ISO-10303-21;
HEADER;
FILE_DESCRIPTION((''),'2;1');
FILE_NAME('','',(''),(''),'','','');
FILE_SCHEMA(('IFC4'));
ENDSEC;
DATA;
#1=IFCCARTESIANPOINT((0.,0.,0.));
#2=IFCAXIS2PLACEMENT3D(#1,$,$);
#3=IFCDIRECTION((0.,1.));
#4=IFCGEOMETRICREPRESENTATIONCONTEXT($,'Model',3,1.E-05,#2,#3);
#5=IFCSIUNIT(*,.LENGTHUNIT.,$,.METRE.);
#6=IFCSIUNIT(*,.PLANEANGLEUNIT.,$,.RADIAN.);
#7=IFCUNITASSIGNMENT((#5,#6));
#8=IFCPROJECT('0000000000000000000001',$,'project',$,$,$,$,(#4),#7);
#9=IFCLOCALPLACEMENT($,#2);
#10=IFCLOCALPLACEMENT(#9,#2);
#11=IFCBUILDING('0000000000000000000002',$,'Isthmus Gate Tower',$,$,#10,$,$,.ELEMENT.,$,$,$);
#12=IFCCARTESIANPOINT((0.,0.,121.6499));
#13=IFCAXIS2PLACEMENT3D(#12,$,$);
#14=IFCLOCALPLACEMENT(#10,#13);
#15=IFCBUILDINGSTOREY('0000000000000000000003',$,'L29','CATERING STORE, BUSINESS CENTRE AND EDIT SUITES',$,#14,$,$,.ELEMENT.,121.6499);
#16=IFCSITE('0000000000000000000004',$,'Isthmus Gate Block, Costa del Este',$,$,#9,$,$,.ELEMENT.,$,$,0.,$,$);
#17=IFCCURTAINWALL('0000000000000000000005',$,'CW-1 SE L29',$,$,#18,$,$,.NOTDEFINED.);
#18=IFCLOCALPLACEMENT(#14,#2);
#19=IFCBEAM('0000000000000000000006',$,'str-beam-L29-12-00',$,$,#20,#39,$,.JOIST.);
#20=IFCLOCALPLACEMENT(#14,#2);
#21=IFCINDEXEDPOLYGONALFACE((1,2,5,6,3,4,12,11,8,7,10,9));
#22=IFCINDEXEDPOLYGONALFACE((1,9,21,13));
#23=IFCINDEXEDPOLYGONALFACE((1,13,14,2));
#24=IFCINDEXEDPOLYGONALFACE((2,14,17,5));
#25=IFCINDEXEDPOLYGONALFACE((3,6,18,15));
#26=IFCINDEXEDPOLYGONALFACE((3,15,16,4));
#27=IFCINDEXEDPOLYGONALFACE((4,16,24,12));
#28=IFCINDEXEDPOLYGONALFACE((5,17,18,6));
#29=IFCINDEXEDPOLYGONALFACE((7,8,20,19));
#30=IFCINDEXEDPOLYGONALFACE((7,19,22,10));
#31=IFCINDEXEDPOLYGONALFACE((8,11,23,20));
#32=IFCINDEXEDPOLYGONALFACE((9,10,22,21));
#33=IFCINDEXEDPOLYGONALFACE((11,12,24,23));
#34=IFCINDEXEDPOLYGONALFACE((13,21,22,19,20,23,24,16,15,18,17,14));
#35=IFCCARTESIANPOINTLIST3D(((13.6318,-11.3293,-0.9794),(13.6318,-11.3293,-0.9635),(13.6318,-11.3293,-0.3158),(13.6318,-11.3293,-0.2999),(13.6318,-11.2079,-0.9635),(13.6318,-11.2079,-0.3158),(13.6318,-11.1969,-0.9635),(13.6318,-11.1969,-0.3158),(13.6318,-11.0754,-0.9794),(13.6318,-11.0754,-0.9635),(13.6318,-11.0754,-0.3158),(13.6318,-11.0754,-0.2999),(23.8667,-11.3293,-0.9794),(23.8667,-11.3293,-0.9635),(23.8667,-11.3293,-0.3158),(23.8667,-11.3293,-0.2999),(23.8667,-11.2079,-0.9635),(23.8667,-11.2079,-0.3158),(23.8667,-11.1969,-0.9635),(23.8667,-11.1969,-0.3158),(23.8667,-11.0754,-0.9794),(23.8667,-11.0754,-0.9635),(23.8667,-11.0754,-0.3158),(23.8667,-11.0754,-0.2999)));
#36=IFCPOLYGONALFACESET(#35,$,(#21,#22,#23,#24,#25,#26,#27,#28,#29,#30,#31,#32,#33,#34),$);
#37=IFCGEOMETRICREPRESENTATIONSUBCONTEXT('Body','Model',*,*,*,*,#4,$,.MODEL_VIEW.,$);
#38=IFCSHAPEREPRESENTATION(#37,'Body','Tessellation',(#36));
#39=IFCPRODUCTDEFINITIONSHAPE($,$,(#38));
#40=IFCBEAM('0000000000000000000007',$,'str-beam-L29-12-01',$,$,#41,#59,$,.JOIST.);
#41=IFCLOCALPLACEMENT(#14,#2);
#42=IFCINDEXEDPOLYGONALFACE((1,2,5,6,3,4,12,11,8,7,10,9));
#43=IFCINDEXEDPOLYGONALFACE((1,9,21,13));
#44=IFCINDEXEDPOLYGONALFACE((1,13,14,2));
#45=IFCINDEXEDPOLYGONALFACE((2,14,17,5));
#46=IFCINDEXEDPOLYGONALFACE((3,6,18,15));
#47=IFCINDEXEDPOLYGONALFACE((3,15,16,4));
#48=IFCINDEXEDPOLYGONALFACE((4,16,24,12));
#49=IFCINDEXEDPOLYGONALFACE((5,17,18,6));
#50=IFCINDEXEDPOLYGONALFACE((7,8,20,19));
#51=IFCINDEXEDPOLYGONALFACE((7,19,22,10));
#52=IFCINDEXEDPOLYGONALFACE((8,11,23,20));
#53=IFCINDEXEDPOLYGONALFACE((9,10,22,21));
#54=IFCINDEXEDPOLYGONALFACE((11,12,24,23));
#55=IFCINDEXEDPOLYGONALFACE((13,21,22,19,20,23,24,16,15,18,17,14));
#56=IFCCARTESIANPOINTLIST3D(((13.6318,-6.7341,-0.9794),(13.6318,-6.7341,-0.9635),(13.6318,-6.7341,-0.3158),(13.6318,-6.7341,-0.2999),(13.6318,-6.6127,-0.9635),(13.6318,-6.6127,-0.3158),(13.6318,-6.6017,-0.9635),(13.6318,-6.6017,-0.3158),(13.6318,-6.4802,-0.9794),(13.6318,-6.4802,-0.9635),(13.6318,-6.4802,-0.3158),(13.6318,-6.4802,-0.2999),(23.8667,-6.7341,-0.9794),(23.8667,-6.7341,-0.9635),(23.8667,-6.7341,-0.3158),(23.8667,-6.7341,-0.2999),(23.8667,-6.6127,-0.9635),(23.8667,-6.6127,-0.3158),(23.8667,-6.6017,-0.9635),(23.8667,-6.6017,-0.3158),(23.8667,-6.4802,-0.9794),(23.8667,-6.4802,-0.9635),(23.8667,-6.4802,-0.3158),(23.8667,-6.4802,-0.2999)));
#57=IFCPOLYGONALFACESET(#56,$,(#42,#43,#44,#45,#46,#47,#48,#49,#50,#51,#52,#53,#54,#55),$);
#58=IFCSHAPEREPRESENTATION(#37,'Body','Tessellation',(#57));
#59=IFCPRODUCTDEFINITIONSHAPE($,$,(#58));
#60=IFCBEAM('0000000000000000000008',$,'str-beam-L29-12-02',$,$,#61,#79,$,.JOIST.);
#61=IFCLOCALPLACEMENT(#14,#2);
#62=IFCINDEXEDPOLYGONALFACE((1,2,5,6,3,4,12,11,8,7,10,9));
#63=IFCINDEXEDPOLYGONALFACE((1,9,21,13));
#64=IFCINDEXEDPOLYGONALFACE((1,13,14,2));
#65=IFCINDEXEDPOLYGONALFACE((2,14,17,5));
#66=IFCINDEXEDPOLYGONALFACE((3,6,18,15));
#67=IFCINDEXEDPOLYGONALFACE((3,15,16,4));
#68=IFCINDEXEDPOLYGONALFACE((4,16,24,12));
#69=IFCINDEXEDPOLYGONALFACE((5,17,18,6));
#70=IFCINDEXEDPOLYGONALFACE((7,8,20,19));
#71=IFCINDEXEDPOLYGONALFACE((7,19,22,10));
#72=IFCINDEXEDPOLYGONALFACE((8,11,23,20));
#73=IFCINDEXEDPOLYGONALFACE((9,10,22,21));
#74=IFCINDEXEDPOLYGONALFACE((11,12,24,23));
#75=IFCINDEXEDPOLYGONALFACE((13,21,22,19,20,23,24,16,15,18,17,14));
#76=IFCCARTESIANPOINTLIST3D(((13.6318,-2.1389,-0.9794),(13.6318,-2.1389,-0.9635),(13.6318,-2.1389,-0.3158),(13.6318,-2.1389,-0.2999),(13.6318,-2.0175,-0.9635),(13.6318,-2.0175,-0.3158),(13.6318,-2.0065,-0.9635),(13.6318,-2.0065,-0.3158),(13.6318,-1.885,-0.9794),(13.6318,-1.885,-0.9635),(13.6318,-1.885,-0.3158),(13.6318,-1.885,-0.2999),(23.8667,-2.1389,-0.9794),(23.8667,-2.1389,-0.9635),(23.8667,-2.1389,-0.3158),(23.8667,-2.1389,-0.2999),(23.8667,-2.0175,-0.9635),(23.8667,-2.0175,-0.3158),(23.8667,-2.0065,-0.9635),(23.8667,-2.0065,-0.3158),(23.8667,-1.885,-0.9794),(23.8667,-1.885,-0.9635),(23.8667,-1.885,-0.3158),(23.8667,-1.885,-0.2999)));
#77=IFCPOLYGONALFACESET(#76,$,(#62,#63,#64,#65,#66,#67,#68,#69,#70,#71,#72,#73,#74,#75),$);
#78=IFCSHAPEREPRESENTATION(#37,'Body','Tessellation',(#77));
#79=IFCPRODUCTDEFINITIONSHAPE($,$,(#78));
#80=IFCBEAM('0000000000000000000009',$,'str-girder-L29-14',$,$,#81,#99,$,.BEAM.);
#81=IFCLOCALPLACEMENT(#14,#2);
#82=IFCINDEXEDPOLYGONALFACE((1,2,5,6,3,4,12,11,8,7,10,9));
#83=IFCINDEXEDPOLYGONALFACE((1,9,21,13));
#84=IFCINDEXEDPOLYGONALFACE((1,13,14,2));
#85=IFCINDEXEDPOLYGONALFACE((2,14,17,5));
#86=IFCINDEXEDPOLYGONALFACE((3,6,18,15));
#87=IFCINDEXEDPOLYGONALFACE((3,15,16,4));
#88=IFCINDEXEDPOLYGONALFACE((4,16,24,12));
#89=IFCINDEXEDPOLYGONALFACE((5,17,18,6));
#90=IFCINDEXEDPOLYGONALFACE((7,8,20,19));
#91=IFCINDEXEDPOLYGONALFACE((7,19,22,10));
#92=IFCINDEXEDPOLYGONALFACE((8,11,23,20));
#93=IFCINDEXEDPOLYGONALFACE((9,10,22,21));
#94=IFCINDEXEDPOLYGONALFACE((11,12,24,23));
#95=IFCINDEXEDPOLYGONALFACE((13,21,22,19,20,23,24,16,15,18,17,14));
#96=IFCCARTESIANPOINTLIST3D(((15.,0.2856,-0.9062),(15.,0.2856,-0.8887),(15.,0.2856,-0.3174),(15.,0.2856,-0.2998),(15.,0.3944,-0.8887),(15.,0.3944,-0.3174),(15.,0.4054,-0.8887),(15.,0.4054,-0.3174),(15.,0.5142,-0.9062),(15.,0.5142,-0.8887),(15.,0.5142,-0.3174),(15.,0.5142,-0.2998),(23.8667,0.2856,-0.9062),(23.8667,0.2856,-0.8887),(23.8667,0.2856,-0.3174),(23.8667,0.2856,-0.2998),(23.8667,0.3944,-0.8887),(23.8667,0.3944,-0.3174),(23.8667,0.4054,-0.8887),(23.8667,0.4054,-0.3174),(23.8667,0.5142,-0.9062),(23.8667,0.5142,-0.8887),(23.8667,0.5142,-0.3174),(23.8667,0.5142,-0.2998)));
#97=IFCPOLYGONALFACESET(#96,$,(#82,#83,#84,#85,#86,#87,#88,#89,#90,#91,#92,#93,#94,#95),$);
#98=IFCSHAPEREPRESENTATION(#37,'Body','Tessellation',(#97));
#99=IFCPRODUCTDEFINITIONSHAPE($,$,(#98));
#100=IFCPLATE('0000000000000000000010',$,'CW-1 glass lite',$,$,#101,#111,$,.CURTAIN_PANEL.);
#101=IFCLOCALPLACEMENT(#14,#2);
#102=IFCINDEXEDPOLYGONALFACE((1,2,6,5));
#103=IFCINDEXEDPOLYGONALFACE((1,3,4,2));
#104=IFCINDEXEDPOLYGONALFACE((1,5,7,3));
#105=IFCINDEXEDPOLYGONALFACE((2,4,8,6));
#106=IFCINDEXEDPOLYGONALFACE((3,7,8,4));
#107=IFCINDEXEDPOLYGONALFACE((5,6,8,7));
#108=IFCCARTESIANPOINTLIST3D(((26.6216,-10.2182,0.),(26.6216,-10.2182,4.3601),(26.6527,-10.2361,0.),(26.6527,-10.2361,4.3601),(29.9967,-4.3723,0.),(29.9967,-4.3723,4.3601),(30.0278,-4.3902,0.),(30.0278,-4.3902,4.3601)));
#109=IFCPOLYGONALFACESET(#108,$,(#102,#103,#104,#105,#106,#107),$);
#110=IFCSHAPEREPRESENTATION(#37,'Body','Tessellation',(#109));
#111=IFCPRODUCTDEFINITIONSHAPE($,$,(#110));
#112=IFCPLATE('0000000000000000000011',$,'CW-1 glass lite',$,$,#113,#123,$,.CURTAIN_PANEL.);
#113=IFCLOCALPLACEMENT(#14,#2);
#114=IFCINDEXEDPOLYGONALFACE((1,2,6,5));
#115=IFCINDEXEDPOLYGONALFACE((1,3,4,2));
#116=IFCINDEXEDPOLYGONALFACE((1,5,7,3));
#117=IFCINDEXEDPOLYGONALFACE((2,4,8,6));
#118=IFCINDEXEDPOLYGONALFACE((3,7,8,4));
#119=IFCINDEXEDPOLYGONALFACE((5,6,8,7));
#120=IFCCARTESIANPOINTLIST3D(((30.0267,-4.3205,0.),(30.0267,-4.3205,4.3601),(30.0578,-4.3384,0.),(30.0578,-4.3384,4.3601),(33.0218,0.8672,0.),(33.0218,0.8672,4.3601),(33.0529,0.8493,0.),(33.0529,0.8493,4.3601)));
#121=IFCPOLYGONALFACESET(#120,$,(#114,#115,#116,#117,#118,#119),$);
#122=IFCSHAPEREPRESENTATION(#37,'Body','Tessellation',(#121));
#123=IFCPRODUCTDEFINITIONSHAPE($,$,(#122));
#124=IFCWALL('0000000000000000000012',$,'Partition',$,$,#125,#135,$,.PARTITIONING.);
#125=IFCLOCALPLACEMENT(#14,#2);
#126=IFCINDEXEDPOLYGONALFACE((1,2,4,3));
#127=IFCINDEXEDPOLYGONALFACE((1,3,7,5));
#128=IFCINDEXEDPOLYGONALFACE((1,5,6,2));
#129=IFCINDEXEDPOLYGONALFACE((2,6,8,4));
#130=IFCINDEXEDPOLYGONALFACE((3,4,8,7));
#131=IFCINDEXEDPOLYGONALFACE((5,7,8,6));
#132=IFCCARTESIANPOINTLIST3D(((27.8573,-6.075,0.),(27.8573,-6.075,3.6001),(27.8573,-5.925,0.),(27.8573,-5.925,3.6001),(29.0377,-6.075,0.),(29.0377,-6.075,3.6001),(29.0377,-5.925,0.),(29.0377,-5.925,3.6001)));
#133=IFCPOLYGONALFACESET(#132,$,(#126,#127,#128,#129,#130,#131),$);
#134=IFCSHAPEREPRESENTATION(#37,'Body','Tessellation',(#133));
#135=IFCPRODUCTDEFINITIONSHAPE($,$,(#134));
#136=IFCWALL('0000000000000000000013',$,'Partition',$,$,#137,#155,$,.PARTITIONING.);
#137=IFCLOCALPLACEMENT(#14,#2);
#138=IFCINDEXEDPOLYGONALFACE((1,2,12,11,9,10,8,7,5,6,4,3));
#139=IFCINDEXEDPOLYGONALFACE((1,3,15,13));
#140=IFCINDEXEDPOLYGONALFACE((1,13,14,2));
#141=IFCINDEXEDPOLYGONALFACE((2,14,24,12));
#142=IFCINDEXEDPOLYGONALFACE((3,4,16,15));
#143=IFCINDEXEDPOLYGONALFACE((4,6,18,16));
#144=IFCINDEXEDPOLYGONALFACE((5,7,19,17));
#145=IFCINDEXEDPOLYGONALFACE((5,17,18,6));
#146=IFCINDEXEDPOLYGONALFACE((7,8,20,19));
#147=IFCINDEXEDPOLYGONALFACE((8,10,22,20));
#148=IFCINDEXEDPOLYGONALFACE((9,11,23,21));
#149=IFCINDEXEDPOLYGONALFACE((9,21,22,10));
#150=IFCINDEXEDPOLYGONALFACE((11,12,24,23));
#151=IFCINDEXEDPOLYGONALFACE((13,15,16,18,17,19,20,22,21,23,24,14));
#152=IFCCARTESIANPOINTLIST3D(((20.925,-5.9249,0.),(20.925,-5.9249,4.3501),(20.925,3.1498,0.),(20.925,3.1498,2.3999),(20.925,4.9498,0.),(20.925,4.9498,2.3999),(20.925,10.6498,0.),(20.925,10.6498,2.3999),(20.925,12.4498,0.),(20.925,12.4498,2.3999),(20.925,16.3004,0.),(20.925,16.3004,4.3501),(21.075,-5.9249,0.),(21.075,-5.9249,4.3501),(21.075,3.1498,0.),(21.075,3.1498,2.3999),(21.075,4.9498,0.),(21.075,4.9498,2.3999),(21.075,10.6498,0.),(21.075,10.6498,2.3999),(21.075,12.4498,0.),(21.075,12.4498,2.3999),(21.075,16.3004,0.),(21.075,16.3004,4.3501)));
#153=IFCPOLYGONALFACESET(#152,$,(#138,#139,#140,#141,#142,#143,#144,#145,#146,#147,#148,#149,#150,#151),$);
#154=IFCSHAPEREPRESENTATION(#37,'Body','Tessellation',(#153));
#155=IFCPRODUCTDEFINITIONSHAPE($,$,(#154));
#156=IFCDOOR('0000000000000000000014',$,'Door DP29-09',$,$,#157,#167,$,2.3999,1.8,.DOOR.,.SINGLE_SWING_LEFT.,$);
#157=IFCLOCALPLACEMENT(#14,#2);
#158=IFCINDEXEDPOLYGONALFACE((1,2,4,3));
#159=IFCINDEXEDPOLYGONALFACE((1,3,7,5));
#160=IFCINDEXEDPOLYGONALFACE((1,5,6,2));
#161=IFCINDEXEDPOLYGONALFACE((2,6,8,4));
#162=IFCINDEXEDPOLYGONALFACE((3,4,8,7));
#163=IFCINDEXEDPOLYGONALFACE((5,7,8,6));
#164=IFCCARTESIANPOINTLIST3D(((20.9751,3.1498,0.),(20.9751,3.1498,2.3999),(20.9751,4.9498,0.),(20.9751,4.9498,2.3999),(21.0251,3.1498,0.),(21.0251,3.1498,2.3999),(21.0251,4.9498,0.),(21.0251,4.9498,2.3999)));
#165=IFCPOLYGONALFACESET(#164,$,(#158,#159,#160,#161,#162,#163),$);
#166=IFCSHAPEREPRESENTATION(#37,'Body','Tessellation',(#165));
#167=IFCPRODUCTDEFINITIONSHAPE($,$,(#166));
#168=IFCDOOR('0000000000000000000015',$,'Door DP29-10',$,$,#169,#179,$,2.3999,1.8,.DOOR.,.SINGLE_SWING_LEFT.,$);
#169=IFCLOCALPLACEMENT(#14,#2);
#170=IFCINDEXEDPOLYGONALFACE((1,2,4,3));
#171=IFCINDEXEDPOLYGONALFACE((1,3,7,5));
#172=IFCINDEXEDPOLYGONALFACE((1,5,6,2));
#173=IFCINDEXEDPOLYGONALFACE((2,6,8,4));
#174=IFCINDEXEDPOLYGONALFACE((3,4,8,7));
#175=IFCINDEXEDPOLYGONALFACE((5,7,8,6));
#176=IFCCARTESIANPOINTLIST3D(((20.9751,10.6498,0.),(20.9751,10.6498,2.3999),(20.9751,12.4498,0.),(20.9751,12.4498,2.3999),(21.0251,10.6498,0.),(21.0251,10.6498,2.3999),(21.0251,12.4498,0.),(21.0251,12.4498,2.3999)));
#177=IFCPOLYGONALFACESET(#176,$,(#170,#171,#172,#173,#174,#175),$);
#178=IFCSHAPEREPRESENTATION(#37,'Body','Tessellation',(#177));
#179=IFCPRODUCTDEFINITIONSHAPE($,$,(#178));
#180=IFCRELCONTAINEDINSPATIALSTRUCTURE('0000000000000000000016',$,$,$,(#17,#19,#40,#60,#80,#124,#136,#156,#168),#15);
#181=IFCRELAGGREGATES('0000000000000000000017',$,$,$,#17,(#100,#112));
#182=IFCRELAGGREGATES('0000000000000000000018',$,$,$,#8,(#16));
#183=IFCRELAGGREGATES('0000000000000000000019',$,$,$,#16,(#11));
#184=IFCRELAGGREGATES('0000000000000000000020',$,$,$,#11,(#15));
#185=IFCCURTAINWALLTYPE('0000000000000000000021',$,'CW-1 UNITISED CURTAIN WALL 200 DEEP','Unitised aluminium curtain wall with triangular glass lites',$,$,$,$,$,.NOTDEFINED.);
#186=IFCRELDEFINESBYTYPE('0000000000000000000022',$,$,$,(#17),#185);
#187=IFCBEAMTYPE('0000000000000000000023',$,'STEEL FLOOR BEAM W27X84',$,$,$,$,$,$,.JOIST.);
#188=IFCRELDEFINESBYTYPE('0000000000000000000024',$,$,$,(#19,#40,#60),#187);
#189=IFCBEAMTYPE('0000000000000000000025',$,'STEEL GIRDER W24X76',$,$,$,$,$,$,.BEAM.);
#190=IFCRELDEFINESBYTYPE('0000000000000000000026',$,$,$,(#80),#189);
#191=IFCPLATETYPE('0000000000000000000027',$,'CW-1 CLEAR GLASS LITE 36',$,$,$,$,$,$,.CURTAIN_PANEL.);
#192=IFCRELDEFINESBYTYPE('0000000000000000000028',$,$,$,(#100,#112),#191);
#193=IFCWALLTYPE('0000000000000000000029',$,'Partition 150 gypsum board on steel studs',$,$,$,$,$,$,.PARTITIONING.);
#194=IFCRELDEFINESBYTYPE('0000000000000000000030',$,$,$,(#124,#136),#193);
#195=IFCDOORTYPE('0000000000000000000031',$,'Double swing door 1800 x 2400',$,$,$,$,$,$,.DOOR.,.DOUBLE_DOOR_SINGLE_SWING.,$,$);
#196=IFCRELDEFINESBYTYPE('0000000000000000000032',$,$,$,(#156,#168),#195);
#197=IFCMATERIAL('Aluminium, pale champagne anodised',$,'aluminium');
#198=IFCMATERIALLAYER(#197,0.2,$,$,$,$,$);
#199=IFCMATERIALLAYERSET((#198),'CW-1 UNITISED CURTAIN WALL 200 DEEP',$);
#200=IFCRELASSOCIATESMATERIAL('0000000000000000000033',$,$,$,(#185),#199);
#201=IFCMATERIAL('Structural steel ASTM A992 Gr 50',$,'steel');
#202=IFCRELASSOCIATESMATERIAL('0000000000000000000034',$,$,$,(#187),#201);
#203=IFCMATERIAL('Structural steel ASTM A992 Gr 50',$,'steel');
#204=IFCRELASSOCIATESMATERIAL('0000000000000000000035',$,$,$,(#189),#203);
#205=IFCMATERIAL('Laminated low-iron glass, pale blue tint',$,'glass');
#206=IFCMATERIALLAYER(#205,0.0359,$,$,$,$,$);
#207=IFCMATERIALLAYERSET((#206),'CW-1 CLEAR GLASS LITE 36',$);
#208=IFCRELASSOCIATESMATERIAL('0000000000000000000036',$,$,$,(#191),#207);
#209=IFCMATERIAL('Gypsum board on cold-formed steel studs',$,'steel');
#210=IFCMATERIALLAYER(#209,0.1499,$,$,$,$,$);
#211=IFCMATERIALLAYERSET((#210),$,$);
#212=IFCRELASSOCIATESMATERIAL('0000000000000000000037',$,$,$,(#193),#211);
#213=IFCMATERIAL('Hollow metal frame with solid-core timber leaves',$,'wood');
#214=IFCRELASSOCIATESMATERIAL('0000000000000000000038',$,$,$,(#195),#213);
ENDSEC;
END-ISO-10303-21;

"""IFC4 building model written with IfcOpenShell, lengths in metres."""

from ifc_helpers import new_model, si_unit, direction, frame, frame_2d, origin, origin_2d, place, context, subcontext, project, spatial, rectangle, i_section, extrude, material, layer, layer_set, material_profile, profile_set, type_object, element, fill, aggregate, save


model = new_model("IFC4")

# Units and contexts
model_context = context("Model", 3, precision=1e-05, world=origin(), true_north=direction((0.0, 1.0)))
body_context = subcontext(model_context, "Body", "Model", "MODEL_VIEW")
ifc_project = project(units=[si_unit("LENGTHUNIT", "METRE"), si_unit("PLANEANGLEUNIT", "RADIAN")], contexts=[model_context])

# Site, building, storey
site_placement = place(None, origin())
site = spatial("IfcSite", under=ifc_project, at=site_placement, Name="Isthmus Gate Block, Costa del Este", CompositionType="ELEMENT", RefElevation=0.0)
building_placement = place(site_placement, origin())
building = spatial("IfcBuilding", under=site, at=building_placement, Name="Isthmus Gate Tower", CompositionType="ELEMENT")
storey_placement = place(building_placement, frame((0.0, 0.0, 121.6499)))
storey = spatial("IfcBuildingStorey", under=building, at=storey_placement, Name="L29", Description="CATERING STORE, BUSINESS CENTRE AND EDIT SUITES", CompositionType="ELEMENT", Elevation=121.6499)

# Curtain wall
ifc_material_1 = material(Name="Aluminium, pale champagne anodised", Category="aluminium")
ifc_layer_1 = layer(ifc_material_1, 0.2)
ifc_layer_set_1 = layer_set([ifc_layer_1], Name="CW-1 UNITISED CURTAIN WALL 200 DEEP")
curtain_wall_type = type_object("IfcCurtainWallType", Name="CW-1 UNITISED CURTAIN WALL 200 DEEP", Description="Unitised aluminium curtain wall with triangular glass lites", PredefinedType="NOTDEFINED", material=ifc_layer_set_1)
curtain_wall_placement = place(storey_placement, origin())
curtain_wall = element("IfcCurtainWall", 1, at=curtain_wall_placement, inside=storey, type_object=curtain_wall_type, Name="CW-1 SE L29", PredefinedType="NOTDEFINED")

# Beams
ifc_material_2 = material(Name="Structural steel ASTM A992 Gr 50", Category="steel")
ifc_material_profile_1 = material_profile(ifc_material_2, i_section(OverallWidth=0.2539, OverallDepth=0.6794, WebThickness=0.011, FlangeThickness=0.0159, at=origin_2d()), Name="W27X84")
ifc_profile_set_1 = profile_set([ifc_material_profile_1], Name="Structural steel ASTM A992 Gr 50")
beam_type_1 = type_object("IfcBeamType", Name="STEEL FLOOR BEAM W27X84", PredefinedType="JOIST", material=ifc_profile_set_1)
for number, where, z_axis, x_axis, name in (
    (2, (13.6318, -11.2024, -0.6396), (1.0, 0.0, 0.0), (0.0, 1.0, 0.0), "str-beam-L29-12-00"),
    (3, (13.6318, -6.6072, -0.6396), (1.0, 0.0, 0.0), (0.0, 1.0, 0.0), "str-beam-L29-12-01"),
    (4, (13.6318, -2.012, -0.6396), (1.0, 0.0, 0.0), (0.0, 1.0, 0.0), "str-beam-L29-12-02"),
):
    element("IfcBeam", number, at=place(storey_placement, frame(where, z_axis=z_axis, x_axis=x_axis)), inside=storey, type_object=beam_type_1, Name=name, PredefinedType="JOIST", context=body_context, shape_type="SweptSolid", body=[
        extrude(i_section(OverallWidth=0.2539, OverallDepth=0.6794, WebThickness=0.011, FlangeThickness=0.0159, at=origin_2d()), origin(), (0.0, 0.0, 1.0), 10.2349),
    ])
ifc_material_3 = material(Name="Structural steel ASTM A992 Gr 50", Category="steel")
ifc_material_profile_2 = material_profile(ifc_material_3, i_section(OverallWidth=0.2285, OverallDepth=0.6064, WebThickness=0.011, FlangeThickness=0.0176, at=origin_2d()), Name="W24X76")
ifc_profile_set_2 = profile_set([ifc_material_profile_2], Name="Structural steel ASTM A992 Gr 50")
beam_type_2 = type_object("IfcBeamType", Name="STEEL GIRDER W24X76", PredefinedType="BEAM", material=ifc_profile_set_2)
beam_1_placement = place(storey_placement, frame((15.0, 0.3999, -0.603), z_axis=(1.0, 0.0, 0.0), x_axis=(0.0, 1.0, 0.0)))
element("IfcBeam", 5, at=beam_1_placement, inside=storey, type_object=beam_type_2, Name="str-girder-L29-14", PredefinedType="BEAM", context=body_context, shape_type="SweptSolid", body=[
    extrude(i_section(OverallWidth=0.2285, OverallDepth=0.6064, WebThickness=0.011, FlangeThickness=0.0176, at=origin_2d()), origin(), (0.0, 0.0, 1.0), 8.8667),
])

# Plates
ifc_material_4 = material(Name="Laminated low-iron glass, pale blue tint", Category="glass")
ifc_layer_2 = layer(ifc_material_4, 0.0359)
ifc_layer_set_2 = layer_set([ifc_layer_2], Name="CW-1 CLEAR GLASS LITE 36")
plate_type = type_object("IfcPlateType", Name="CW-1 CLEAR GLASS LITE 36", PredefinedType="CURTAIN_PANEL", material=ifc_layer_set_2)
plate_1_placement = place(storey_placement, frame((28.3247, -7.3042, 0.0), z_axis=(0.0, 0.0, 1.0), x_axis=(0.5, 0.866025, 0.0)))
plate_1 = element("IfcPlate", 6, at=plate_1_placement, type_object=plate_type, Name="CW-1 glass lite", PredefinedType="CURTAIN_PANEL", context=body_context, shape_type="SweptSolid", body=[
    extrude(rectangle(XDim=6.7502, YDim=0.0359, at=origin_2d()), origin(), (0.0, 0.0, 1.0), 4.3601),
])
plate_2_placement = place(storey_placement, frame((31.5398, -1.7356, 0.0), z_axis=(0.0, 0.0, 1.0), x_axis=(0.5, 0.866025, 0.0)))
plate_2 = element("IfcPlate", 7, at=plate_2_placement, type_object=plate_type, Name="CW-1 glass lite", PredefinedType="CURTAIN_PANEL", context=body_context, shape_type="SweptSolid", body=[
    extrude(rectangle(XDim=5.9902, YDim=0.0359, at=origin_2d()), origin(), (0.0, 0.0, 1.0), 4.3601),
])
aggregate(curtain_wall, [plate_1, plate_2])

# Wall
ifc_material_5 = material(Name="Gypsum board on cold-formed steel studs", Category="steel")
ifc_layer_3 = layer(ifc_material_5, 0.1499)
ifc_layer_set_3 = layer_set([ifc_layer_3])
wall_type_1 = type_object("IfcWallType", Name="Partition 150 gypsum board on steel studs", PredefinedType="PARTITIONING", material=ifc_layer_set_3)
wall_1_placement = place(storey_placement, frame((27.8572, -6.0, 0.0), z_axis=(0.0, 0.0, 1.0), x_axis=(1.0, 0.0, 0.0)))
element("IfcWall", 8, at=wall_1_placement, inside=storey, type_object=wall_type_1, Name="Partition", PredefinedType="PARTITIONING", context=body_context, shape_type="SweptSolid", body=[
    extrude(rectangle(XDim=1.1804, YDim=0.1499, at=frame_2d((0.5903, 0.0))), origin(), (0.0, 0.0, 1.0), 3.6001),
])

# Wall, openings, doors
wall_2_placement = place(storey_placement, frame((21.0, -5.925, 0.0), z_axis=(0.0, 0.0, 1.0), x_axis=(0.0, 1.0, 0.0)))
wall_2 = element("IfcWall", 9, at=wall_2_placement, inside=storey, type_object=wall_type_1, Name="Partition", PredefinedType="PARTITIONING", context=body_context, shape_type="SweptSolid", body=[
    extrude(rectangle(XDim=22.2253, YDim=0.1499, at=frame_2d((11.1128, 0.0))), origin(), (0.0, 0.0, 1.0), 4.3501),
])
opening_1_placement = place(wall_2_placement, frame((9.075, 0.0, 0.0)))
opening_1 = element("IfcOpeningElement", 10, at=opening_1_placement, cuts=wall_2, PredefinedType="OPENING", context=body_context, shape_type="SweptSolid", body=[
    extrude(rectangle(XDim=1.8, YDim=2.3999, at=frame_2d((0.8999, 1.2))), frame((0.0, 0.085, 0.0), z_axis=(0.0, -1.0, 0.0), x_axis=(1.0, 0.0, 0.0)), (0.0, 0.0, 1.0), 0.1699),
])
opening_2_placement = place(wall_2_placement, frame((16.575, 0.0, 0.0)))
opening_2 = element("IfcOpeningElement", 11, at=opening_2_placement, cuts=wall_2, PredefinedType="OPENING", context=body_context, shape_type="SweptSolid", body=[
    extrude(rectangle(XDim=1.8, YDim=2.3999, at=frame_2d((0.8999, 1.2))), frame((0.0, 0.085, 0.0), z_axis=(0.0, -1.0, 0.0), x_axis=(1.0, 0.0, 0.0)), (0.0, 0.0, 1.0), 0.1699),
])
ifc_material_6 = material(Name="Hollow metal frame with solid-core timber leaves", Category="wood")
door_type = type_object("IfcDoorType", Name="Double swing door 1800 x 2400", OperationType="DOUBLE_DOOR_SINGLE_SWING", PredefinedType="DOOR", material=ifc_material_6)
door_1_placement = place(opening_1_placement, origin())
door_1 = element("IfcDoor", 12, at=door_1_placement, inside=storey, type_object=door_type, Name="Door DP29-09", OperationType="SINGLE_SWING_LEFT", OverallHeight=2.3999, OverallWidth=1.8, PredefinedType="DOOR", context=body_context, shape_type="SweptSolid", body=[
    extrude(rectangle(XDim=1.8, YDim=2.3999, at=frame_2d((0.8999, 1.2))), frame((0.0, 0.0249, 0.0), z_axis=(0.0, -1.0, 0.0), x_axis=(1.0, 0.0, 0.0)), (0.0, 0.0, 1.0), 0.05),
])
fill(opening_1, door_1)
door_2_placement = place(opening_2_placement, origin())
door_2 = element("IfcDoor", 13, at=door_2_placement, inside=storey, type_object=door_type, Name="Door DP29-10", OperationType="SINGLE_SWING_LEFT", OverallHeight=2.3999, OverallWidth=1.8, PredefinedType="DOOR", context=body_context, shape_type="SweptSolid", body=[
    extrude(rectangle(XDim=1.8, YDim=2.3999, at=frame_2d((0.8999, 1.2))), frame((0.0, 0.0249, 0.0), z_axis=(0.0, -1.0, 0.0), x_axis=(1.0, 0.0, 0.0)), (0.0, 0.0, 1.0), 0.05),
])
fill(opening_2, door_2)

save(model, "model.ifc")
